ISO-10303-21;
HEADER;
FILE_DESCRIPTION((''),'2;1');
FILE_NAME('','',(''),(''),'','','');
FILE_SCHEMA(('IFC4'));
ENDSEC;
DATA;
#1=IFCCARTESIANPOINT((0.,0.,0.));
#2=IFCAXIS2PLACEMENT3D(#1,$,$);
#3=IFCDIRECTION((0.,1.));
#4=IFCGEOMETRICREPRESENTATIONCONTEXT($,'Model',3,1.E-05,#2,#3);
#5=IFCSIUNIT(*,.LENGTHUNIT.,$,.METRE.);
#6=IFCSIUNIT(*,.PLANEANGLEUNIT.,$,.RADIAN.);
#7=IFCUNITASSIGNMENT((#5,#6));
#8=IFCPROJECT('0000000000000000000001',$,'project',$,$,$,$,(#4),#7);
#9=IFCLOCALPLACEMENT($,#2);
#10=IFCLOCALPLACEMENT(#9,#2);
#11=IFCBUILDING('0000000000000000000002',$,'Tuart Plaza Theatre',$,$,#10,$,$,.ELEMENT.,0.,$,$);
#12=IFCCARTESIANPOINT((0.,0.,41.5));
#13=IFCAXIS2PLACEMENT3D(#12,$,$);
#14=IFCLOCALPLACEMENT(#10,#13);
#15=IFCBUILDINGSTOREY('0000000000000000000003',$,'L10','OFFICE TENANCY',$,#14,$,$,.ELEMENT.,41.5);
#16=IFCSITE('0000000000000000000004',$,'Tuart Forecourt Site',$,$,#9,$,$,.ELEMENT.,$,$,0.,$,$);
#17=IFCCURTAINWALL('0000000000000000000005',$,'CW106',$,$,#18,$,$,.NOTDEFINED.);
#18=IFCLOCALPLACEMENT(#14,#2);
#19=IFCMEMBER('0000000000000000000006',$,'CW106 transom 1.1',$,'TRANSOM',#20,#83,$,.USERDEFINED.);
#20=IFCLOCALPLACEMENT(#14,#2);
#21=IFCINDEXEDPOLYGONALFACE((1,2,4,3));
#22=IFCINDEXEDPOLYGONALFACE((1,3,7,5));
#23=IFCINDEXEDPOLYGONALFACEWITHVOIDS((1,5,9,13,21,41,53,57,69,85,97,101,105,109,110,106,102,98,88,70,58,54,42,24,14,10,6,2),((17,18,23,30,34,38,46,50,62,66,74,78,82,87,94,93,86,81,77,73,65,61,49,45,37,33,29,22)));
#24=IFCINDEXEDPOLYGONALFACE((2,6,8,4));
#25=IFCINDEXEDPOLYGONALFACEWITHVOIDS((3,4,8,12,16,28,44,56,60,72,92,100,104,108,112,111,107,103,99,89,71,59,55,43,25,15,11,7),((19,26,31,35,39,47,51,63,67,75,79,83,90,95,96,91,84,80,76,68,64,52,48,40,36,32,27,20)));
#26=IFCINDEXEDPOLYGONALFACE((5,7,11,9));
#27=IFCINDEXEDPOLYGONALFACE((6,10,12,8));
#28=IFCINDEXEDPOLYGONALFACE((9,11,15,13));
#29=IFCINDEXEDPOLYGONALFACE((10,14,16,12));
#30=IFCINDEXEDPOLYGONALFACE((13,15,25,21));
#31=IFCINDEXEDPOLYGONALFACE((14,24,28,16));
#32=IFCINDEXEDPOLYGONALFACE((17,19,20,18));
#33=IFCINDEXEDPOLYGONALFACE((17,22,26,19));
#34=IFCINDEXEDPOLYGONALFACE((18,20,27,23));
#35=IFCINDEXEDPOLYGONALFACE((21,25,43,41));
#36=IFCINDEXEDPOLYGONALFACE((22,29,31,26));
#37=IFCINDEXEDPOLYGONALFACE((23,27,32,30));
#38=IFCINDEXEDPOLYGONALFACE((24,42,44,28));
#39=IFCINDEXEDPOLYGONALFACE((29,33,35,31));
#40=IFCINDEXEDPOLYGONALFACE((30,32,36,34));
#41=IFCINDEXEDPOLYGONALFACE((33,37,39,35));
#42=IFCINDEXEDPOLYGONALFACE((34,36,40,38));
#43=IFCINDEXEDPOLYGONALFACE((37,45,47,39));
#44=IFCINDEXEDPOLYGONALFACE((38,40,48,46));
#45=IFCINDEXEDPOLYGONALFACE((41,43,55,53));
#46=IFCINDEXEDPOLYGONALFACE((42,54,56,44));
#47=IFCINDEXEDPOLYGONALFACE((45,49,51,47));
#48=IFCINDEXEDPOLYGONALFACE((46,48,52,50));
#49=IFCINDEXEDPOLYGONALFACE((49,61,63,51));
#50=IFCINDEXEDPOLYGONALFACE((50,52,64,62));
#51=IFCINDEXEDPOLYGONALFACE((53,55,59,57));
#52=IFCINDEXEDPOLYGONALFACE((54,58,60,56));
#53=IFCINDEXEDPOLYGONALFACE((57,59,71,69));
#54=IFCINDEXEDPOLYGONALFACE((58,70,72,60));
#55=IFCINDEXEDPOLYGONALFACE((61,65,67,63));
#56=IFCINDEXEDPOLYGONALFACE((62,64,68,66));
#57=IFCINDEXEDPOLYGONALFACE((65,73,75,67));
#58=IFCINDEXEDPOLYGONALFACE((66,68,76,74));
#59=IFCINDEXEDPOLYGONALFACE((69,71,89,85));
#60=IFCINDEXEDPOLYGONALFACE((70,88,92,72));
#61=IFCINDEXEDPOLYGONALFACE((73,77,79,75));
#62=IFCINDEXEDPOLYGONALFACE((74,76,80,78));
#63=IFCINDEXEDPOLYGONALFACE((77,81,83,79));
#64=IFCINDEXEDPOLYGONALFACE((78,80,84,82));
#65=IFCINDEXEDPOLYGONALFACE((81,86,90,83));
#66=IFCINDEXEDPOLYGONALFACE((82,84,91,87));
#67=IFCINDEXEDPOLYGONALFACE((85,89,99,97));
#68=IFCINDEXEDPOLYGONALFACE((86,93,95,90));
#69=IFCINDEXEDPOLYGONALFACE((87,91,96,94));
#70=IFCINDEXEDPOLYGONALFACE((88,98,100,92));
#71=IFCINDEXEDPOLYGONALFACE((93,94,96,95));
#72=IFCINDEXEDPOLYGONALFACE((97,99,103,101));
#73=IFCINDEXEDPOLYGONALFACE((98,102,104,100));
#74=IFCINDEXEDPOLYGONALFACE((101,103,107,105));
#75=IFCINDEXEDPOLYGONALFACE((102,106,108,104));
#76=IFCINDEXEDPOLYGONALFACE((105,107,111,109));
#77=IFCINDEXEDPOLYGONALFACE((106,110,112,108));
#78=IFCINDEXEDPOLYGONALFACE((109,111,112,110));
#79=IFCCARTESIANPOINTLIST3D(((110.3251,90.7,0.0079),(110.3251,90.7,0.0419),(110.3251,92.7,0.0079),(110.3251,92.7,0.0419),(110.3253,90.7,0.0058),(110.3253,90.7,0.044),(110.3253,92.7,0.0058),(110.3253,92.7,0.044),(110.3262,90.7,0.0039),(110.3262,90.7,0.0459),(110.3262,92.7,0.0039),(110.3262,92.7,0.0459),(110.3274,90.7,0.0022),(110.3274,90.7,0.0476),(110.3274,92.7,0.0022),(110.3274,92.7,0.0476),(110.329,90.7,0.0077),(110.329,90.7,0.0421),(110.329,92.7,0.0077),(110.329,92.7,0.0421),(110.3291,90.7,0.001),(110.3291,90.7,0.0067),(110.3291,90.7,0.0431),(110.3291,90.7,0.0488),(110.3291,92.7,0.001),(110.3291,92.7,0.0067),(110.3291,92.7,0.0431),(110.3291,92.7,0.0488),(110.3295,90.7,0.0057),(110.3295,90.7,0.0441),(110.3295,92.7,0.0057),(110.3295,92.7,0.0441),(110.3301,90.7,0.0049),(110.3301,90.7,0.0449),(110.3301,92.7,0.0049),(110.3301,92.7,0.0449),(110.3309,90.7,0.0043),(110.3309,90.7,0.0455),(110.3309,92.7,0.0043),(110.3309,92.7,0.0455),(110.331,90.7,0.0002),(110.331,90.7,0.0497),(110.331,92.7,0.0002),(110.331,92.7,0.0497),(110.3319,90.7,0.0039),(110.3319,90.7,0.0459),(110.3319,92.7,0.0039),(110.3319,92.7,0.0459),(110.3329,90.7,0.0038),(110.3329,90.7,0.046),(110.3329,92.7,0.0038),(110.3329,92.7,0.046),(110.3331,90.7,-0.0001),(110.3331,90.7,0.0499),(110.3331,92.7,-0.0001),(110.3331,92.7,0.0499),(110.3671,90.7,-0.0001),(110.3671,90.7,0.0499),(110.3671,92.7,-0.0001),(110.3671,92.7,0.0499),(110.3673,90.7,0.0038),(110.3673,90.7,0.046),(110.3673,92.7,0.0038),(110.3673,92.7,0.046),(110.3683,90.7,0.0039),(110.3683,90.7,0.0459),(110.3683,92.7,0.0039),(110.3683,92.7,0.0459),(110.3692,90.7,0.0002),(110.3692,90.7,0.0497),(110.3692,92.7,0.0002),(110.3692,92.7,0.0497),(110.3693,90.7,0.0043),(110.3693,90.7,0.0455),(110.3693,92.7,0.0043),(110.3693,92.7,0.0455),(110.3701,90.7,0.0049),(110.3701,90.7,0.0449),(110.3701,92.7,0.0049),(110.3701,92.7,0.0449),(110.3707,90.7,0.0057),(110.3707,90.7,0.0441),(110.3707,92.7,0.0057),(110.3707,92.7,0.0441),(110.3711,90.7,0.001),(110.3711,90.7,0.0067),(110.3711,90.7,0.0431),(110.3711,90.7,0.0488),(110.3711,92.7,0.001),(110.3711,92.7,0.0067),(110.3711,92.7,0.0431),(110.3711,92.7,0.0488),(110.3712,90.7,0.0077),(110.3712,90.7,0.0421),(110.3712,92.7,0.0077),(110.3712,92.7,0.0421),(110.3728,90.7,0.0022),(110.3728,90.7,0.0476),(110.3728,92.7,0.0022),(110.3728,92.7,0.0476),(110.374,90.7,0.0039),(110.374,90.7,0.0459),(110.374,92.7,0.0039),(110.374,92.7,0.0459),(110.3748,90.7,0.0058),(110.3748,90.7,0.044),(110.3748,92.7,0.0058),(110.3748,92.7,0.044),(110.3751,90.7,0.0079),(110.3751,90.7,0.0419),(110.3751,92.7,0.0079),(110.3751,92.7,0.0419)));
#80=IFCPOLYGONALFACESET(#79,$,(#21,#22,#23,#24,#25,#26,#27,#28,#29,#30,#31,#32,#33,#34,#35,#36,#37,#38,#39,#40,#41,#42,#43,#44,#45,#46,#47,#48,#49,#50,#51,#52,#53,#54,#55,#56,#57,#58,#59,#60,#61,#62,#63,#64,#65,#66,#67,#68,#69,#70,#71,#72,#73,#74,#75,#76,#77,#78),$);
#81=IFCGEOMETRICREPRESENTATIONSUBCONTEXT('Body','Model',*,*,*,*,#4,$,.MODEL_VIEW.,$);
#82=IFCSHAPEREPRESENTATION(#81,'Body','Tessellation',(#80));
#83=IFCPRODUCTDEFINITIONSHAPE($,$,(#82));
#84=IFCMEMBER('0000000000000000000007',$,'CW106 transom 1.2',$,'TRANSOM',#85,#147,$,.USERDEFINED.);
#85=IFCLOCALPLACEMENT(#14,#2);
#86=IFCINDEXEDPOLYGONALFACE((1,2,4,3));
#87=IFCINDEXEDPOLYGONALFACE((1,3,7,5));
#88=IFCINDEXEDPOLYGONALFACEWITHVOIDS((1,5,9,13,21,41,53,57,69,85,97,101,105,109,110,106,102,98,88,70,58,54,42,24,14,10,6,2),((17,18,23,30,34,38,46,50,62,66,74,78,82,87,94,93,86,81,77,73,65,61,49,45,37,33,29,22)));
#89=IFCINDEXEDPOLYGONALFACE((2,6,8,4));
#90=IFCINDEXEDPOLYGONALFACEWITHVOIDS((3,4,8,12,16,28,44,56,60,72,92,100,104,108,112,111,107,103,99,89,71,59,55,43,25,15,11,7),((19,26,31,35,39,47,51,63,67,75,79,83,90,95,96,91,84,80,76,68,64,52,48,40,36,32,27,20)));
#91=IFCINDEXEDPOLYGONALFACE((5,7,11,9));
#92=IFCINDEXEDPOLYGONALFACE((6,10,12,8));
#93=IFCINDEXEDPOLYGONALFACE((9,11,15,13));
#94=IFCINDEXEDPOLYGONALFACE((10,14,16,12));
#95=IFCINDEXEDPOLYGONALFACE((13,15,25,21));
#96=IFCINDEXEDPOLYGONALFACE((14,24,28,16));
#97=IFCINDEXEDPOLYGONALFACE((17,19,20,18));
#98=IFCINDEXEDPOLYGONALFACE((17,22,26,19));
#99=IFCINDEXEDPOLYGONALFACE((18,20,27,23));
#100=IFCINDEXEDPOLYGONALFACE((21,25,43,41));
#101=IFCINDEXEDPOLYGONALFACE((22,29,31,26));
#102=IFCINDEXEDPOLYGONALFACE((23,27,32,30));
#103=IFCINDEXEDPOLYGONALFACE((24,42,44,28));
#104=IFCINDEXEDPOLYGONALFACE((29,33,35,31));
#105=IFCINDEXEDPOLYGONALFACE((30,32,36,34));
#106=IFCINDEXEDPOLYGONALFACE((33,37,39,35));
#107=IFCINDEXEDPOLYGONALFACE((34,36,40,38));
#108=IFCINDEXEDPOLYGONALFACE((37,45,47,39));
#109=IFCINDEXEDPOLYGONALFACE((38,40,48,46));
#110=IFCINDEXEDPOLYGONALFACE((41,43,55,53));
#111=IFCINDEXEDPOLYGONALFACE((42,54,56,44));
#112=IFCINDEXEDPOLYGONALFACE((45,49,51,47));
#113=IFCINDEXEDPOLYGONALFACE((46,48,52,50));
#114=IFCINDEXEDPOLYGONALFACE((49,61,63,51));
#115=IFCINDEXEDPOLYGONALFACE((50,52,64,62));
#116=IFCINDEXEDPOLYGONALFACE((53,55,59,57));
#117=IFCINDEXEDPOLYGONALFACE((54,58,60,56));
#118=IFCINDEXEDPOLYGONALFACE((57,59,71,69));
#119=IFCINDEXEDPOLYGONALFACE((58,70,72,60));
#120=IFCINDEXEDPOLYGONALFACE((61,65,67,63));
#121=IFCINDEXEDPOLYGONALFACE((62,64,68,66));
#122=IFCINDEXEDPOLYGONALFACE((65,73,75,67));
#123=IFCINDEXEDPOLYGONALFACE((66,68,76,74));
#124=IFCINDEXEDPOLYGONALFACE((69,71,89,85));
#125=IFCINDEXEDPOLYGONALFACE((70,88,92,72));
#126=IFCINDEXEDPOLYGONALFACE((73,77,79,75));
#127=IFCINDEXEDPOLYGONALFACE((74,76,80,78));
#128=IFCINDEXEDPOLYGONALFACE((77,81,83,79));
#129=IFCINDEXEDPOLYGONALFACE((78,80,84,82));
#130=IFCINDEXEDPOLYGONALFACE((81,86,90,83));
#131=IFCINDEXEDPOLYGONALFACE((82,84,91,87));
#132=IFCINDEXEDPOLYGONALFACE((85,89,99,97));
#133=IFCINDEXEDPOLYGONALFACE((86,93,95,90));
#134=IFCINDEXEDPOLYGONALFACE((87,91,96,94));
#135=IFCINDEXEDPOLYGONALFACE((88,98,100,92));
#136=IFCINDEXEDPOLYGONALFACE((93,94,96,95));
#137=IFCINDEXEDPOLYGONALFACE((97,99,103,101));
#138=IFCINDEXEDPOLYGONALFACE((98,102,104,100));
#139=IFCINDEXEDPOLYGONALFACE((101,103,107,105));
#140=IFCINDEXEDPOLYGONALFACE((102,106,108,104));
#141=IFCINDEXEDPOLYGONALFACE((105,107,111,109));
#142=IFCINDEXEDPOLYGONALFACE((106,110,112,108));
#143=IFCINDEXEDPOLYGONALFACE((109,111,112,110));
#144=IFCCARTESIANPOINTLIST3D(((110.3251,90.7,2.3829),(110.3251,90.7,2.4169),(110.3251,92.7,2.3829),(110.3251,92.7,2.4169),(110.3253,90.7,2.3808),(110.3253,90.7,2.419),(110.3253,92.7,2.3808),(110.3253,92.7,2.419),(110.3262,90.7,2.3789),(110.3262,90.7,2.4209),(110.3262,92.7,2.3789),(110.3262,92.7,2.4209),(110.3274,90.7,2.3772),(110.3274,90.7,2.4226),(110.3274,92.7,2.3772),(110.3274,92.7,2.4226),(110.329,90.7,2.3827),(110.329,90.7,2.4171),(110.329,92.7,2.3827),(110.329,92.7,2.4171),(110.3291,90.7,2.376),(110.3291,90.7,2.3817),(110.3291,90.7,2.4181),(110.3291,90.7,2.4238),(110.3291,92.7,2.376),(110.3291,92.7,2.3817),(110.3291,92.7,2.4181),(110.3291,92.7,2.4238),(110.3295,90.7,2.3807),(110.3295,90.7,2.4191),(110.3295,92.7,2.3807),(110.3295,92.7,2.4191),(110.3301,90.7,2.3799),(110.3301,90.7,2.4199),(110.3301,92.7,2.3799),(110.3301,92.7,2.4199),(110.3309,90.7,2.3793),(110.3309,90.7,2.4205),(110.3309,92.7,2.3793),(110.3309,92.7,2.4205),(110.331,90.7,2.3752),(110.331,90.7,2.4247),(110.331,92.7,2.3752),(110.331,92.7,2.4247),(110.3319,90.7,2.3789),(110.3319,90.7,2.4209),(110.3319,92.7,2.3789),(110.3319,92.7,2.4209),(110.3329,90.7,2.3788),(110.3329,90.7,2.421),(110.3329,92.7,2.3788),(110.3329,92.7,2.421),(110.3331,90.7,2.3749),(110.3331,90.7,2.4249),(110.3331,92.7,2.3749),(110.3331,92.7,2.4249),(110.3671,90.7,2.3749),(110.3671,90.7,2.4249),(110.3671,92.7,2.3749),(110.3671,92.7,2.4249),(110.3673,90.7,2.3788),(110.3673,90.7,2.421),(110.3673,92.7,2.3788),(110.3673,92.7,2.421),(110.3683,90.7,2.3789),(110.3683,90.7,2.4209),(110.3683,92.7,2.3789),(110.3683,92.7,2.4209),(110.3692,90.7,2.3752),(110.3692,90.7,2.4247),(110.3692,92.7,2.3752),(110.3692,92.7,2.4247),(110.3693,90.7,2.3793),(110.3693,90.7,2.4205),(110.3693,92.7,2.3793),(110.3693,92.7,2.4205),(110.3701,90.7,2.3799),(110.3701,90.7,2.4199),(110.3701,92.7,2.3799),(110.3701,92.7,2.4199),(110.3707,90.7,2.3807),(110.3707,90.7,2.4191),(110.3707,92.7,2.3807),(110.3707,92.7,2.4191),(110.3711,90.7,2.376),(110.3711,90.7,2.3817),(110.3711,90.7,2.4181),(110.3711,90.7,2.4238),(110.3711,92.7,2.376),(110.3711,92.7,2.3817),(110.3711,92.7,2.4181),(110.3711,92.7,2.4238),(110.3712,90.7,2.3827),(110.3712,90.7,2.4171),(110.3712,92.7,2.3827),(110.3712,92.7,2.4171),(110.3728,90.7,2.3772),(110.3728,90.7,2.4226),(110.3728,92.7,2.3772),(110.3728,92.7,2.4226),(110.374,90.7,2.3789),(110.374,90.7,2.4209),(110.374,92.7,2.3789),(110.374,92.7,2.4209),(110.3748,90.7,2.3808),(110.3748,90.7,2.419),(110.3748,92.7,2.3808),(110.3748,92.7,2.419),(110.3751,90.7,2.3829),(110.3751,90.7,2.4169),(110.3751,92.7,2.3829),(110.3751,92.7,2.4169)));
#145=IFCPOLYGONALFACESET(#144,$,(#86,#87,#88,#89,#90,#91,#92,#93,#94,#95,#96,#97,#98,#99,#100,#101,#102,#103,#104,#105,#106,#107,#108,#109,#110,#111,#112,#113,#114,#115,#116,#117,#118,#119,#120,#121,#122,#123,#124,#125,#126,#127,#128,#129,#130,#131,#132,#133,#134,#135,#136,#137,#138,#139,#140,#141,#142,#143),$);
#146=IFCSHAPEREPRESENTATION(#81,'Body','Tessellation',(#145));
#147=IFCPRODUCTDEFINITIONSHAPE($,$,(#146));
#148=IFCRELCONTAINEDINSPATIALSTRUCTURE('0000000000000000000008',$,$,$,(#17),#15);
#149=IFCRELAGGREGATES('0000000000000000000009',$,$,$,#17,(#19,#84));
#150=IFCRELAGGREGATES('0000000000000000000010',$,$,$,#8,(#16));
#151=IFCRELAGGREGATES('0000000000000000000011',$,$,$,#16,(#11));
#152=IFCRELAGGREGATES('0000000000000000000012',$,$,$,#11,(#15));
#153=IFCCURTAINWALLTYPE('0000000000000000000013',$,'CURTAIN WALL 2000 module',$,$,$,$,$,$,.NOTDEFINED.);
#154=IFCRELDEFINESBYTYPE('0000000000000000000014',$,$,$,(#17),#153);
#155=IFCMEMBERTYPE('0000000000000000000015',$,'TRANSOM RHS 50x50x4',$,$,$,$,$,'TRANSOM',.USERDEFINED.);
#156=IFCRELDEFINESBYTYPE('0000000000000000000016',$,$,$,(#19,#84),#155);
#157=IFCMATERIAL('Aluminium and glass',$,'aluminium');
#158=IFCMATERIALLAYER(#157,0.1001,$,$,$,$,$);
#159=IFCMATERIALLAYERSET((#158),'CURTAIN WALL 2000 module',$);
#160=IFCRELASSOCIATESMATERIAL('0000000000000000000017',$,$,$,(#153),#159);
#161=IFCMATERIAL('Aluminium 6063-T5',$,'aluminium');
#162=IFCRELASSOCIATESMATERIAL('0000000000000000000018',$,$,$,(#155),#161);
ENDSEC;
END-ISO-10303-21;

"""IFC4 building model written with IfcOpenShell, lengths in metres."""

from ifc_helpers import new_model, si_unit, direction, frame, origin, origin_2d, place, context, subcontext, project, spatial, hollow_rectangle, extrude, material, layer, layer_set, material_profile, profile_set, type_object, element, aggregate, save


model = new_model("IFC4")

# Units and contexts
model_context = context("Model", 3, precision=1e-05, world=origin(), true_north=direction((0.0, 1.0)))
body_context = subcontext(model_context, "Body", "Model", "MODEL_VIEW")
ifc_project = project(units=[si_unit("LENGTHUNIT", "METRE"), si_unit("PLANEANGLEUNIT", "RADIAN")], contexts=[model_context])

# Site, building, storey
site_placement = place(None, origin())
site = spatial("IfcSite", under=ifc_project, at=site_placement, Name="Tuart Forecourt Site", CompositionType="ELEMENT", RefElevation=0.0)
building_placement = place(site_placement, origin())
building = spatial("IfcBuilding", under=site, at=building_placement, Name="Tuart Plaza Theatre", CompositionType="ELEMENT", ElevationOfRefHeight=0.0)
storey_placement = place(building_placement, frame((0.0, 0.0, 41.5)))
storey = spatial("IfcBuildingStorey", under=building, at=storey_placement, Name="L10", Description="OFFICE TENANCY", CompositionType="ELEMENT", Elevation=41.5)

# Curtain wall, members
ifc_material_1 = material(Name="Aluminium and glass", Category="aluminium")
ifc_layer_1 = layer(ifc_material_1, 0.1001)
ifc_layer_set_1 = layer_set([ifc_layer_1], Name="CURTAIN WALL 2000 module")
curtain_wall_type = type_object("IfcCurtainWallType", Name="CURTAIN WALL 2000 module", PredefinedType="NOTDEFINED", material=ifc_layer_set_1)
curtain_wall_placement = place(storey_placement, origin())
curtain_wall = element("IfcCurtainWall", 1, at=curtain_wall_placement, inside=storey, type_object=curtain_wall_type, Name="CW106", PredefinedType="NOTDEFINED")
ifc_material_2 = material(Name="Aluminium 6063-T5", Category="aluminium")
ifc_material_profile_1 = material_profile(ifc_material_2, hollow_rectangle(XDim=0.05, YDim=0.05, WallThickness=0.0039, InnerFilletRadius=0.0039, OuterFilletRadius=0.0081, at=origin_2d()), Name="RHS 50x50x4")
ifc_profile_set_1 = profile_set([ifc_material_profile_1], Name="Aluminium 6063-T5")
member_type_1 = type_object("IfcMemberType", Name="TRANSOM RHS 50x50x4", ElementType="TRANSOM", PredefinedType="USERDEFINED", material=ifc_profile_set_1)
member_1_placement = place(storey_placement, frame((110.3501, 92.7, 0.0249), z_axis=(0.0, -1.0, 0.0), x_axis=(1.0, 0.0, 0.0)))
member_1 = element("IfcMember", 2, at=member_1_placement, type_object=member_type_1, Name="CW106 transom 1.1", ObjectType="TRANSOM", PredefinedType="USERDEFINED", context=body_context, shape_type="SweptSolid", body=[
    extrude(hollow_rectangle(XDim=0.05, YDim=0.05, WallThickness=0.0039, InnerFilletRadius=0.0039, OuterFilletRadius=0.0081, at=origin_2d()), origin(), (0.0, 0.0, 1.0), 2.0),
])
member_2_placement = place(storey_placement, frame((110.3501, 92.7, 2.3999), z_axis=(0.0, -1.0, 0.0), x_axis=(1.0, 0.0, 0.0)))
member_2 = element("IfcMember", 3, at=member_2_placement, type_object=member_type_1, Name="CW106 transom 1.2", ObjectType="TRANSOM", PredefinedType="USERDEFINED", context=body_context, shape_type="SweptSolid", body=[
    extrude(hollow_rectangle(XDim=0.05, YDim=0.05, WallThickness=0.0039, InnerFilletRadius=0.0039, OuterFilletRadius=0.0081, at=origin_2d()), origin(), (0.0, 0.0, 1.0), 2.0),
])
aggregate(curtain_wall, [member_1, member_2])

save(model, "model.ifc")
